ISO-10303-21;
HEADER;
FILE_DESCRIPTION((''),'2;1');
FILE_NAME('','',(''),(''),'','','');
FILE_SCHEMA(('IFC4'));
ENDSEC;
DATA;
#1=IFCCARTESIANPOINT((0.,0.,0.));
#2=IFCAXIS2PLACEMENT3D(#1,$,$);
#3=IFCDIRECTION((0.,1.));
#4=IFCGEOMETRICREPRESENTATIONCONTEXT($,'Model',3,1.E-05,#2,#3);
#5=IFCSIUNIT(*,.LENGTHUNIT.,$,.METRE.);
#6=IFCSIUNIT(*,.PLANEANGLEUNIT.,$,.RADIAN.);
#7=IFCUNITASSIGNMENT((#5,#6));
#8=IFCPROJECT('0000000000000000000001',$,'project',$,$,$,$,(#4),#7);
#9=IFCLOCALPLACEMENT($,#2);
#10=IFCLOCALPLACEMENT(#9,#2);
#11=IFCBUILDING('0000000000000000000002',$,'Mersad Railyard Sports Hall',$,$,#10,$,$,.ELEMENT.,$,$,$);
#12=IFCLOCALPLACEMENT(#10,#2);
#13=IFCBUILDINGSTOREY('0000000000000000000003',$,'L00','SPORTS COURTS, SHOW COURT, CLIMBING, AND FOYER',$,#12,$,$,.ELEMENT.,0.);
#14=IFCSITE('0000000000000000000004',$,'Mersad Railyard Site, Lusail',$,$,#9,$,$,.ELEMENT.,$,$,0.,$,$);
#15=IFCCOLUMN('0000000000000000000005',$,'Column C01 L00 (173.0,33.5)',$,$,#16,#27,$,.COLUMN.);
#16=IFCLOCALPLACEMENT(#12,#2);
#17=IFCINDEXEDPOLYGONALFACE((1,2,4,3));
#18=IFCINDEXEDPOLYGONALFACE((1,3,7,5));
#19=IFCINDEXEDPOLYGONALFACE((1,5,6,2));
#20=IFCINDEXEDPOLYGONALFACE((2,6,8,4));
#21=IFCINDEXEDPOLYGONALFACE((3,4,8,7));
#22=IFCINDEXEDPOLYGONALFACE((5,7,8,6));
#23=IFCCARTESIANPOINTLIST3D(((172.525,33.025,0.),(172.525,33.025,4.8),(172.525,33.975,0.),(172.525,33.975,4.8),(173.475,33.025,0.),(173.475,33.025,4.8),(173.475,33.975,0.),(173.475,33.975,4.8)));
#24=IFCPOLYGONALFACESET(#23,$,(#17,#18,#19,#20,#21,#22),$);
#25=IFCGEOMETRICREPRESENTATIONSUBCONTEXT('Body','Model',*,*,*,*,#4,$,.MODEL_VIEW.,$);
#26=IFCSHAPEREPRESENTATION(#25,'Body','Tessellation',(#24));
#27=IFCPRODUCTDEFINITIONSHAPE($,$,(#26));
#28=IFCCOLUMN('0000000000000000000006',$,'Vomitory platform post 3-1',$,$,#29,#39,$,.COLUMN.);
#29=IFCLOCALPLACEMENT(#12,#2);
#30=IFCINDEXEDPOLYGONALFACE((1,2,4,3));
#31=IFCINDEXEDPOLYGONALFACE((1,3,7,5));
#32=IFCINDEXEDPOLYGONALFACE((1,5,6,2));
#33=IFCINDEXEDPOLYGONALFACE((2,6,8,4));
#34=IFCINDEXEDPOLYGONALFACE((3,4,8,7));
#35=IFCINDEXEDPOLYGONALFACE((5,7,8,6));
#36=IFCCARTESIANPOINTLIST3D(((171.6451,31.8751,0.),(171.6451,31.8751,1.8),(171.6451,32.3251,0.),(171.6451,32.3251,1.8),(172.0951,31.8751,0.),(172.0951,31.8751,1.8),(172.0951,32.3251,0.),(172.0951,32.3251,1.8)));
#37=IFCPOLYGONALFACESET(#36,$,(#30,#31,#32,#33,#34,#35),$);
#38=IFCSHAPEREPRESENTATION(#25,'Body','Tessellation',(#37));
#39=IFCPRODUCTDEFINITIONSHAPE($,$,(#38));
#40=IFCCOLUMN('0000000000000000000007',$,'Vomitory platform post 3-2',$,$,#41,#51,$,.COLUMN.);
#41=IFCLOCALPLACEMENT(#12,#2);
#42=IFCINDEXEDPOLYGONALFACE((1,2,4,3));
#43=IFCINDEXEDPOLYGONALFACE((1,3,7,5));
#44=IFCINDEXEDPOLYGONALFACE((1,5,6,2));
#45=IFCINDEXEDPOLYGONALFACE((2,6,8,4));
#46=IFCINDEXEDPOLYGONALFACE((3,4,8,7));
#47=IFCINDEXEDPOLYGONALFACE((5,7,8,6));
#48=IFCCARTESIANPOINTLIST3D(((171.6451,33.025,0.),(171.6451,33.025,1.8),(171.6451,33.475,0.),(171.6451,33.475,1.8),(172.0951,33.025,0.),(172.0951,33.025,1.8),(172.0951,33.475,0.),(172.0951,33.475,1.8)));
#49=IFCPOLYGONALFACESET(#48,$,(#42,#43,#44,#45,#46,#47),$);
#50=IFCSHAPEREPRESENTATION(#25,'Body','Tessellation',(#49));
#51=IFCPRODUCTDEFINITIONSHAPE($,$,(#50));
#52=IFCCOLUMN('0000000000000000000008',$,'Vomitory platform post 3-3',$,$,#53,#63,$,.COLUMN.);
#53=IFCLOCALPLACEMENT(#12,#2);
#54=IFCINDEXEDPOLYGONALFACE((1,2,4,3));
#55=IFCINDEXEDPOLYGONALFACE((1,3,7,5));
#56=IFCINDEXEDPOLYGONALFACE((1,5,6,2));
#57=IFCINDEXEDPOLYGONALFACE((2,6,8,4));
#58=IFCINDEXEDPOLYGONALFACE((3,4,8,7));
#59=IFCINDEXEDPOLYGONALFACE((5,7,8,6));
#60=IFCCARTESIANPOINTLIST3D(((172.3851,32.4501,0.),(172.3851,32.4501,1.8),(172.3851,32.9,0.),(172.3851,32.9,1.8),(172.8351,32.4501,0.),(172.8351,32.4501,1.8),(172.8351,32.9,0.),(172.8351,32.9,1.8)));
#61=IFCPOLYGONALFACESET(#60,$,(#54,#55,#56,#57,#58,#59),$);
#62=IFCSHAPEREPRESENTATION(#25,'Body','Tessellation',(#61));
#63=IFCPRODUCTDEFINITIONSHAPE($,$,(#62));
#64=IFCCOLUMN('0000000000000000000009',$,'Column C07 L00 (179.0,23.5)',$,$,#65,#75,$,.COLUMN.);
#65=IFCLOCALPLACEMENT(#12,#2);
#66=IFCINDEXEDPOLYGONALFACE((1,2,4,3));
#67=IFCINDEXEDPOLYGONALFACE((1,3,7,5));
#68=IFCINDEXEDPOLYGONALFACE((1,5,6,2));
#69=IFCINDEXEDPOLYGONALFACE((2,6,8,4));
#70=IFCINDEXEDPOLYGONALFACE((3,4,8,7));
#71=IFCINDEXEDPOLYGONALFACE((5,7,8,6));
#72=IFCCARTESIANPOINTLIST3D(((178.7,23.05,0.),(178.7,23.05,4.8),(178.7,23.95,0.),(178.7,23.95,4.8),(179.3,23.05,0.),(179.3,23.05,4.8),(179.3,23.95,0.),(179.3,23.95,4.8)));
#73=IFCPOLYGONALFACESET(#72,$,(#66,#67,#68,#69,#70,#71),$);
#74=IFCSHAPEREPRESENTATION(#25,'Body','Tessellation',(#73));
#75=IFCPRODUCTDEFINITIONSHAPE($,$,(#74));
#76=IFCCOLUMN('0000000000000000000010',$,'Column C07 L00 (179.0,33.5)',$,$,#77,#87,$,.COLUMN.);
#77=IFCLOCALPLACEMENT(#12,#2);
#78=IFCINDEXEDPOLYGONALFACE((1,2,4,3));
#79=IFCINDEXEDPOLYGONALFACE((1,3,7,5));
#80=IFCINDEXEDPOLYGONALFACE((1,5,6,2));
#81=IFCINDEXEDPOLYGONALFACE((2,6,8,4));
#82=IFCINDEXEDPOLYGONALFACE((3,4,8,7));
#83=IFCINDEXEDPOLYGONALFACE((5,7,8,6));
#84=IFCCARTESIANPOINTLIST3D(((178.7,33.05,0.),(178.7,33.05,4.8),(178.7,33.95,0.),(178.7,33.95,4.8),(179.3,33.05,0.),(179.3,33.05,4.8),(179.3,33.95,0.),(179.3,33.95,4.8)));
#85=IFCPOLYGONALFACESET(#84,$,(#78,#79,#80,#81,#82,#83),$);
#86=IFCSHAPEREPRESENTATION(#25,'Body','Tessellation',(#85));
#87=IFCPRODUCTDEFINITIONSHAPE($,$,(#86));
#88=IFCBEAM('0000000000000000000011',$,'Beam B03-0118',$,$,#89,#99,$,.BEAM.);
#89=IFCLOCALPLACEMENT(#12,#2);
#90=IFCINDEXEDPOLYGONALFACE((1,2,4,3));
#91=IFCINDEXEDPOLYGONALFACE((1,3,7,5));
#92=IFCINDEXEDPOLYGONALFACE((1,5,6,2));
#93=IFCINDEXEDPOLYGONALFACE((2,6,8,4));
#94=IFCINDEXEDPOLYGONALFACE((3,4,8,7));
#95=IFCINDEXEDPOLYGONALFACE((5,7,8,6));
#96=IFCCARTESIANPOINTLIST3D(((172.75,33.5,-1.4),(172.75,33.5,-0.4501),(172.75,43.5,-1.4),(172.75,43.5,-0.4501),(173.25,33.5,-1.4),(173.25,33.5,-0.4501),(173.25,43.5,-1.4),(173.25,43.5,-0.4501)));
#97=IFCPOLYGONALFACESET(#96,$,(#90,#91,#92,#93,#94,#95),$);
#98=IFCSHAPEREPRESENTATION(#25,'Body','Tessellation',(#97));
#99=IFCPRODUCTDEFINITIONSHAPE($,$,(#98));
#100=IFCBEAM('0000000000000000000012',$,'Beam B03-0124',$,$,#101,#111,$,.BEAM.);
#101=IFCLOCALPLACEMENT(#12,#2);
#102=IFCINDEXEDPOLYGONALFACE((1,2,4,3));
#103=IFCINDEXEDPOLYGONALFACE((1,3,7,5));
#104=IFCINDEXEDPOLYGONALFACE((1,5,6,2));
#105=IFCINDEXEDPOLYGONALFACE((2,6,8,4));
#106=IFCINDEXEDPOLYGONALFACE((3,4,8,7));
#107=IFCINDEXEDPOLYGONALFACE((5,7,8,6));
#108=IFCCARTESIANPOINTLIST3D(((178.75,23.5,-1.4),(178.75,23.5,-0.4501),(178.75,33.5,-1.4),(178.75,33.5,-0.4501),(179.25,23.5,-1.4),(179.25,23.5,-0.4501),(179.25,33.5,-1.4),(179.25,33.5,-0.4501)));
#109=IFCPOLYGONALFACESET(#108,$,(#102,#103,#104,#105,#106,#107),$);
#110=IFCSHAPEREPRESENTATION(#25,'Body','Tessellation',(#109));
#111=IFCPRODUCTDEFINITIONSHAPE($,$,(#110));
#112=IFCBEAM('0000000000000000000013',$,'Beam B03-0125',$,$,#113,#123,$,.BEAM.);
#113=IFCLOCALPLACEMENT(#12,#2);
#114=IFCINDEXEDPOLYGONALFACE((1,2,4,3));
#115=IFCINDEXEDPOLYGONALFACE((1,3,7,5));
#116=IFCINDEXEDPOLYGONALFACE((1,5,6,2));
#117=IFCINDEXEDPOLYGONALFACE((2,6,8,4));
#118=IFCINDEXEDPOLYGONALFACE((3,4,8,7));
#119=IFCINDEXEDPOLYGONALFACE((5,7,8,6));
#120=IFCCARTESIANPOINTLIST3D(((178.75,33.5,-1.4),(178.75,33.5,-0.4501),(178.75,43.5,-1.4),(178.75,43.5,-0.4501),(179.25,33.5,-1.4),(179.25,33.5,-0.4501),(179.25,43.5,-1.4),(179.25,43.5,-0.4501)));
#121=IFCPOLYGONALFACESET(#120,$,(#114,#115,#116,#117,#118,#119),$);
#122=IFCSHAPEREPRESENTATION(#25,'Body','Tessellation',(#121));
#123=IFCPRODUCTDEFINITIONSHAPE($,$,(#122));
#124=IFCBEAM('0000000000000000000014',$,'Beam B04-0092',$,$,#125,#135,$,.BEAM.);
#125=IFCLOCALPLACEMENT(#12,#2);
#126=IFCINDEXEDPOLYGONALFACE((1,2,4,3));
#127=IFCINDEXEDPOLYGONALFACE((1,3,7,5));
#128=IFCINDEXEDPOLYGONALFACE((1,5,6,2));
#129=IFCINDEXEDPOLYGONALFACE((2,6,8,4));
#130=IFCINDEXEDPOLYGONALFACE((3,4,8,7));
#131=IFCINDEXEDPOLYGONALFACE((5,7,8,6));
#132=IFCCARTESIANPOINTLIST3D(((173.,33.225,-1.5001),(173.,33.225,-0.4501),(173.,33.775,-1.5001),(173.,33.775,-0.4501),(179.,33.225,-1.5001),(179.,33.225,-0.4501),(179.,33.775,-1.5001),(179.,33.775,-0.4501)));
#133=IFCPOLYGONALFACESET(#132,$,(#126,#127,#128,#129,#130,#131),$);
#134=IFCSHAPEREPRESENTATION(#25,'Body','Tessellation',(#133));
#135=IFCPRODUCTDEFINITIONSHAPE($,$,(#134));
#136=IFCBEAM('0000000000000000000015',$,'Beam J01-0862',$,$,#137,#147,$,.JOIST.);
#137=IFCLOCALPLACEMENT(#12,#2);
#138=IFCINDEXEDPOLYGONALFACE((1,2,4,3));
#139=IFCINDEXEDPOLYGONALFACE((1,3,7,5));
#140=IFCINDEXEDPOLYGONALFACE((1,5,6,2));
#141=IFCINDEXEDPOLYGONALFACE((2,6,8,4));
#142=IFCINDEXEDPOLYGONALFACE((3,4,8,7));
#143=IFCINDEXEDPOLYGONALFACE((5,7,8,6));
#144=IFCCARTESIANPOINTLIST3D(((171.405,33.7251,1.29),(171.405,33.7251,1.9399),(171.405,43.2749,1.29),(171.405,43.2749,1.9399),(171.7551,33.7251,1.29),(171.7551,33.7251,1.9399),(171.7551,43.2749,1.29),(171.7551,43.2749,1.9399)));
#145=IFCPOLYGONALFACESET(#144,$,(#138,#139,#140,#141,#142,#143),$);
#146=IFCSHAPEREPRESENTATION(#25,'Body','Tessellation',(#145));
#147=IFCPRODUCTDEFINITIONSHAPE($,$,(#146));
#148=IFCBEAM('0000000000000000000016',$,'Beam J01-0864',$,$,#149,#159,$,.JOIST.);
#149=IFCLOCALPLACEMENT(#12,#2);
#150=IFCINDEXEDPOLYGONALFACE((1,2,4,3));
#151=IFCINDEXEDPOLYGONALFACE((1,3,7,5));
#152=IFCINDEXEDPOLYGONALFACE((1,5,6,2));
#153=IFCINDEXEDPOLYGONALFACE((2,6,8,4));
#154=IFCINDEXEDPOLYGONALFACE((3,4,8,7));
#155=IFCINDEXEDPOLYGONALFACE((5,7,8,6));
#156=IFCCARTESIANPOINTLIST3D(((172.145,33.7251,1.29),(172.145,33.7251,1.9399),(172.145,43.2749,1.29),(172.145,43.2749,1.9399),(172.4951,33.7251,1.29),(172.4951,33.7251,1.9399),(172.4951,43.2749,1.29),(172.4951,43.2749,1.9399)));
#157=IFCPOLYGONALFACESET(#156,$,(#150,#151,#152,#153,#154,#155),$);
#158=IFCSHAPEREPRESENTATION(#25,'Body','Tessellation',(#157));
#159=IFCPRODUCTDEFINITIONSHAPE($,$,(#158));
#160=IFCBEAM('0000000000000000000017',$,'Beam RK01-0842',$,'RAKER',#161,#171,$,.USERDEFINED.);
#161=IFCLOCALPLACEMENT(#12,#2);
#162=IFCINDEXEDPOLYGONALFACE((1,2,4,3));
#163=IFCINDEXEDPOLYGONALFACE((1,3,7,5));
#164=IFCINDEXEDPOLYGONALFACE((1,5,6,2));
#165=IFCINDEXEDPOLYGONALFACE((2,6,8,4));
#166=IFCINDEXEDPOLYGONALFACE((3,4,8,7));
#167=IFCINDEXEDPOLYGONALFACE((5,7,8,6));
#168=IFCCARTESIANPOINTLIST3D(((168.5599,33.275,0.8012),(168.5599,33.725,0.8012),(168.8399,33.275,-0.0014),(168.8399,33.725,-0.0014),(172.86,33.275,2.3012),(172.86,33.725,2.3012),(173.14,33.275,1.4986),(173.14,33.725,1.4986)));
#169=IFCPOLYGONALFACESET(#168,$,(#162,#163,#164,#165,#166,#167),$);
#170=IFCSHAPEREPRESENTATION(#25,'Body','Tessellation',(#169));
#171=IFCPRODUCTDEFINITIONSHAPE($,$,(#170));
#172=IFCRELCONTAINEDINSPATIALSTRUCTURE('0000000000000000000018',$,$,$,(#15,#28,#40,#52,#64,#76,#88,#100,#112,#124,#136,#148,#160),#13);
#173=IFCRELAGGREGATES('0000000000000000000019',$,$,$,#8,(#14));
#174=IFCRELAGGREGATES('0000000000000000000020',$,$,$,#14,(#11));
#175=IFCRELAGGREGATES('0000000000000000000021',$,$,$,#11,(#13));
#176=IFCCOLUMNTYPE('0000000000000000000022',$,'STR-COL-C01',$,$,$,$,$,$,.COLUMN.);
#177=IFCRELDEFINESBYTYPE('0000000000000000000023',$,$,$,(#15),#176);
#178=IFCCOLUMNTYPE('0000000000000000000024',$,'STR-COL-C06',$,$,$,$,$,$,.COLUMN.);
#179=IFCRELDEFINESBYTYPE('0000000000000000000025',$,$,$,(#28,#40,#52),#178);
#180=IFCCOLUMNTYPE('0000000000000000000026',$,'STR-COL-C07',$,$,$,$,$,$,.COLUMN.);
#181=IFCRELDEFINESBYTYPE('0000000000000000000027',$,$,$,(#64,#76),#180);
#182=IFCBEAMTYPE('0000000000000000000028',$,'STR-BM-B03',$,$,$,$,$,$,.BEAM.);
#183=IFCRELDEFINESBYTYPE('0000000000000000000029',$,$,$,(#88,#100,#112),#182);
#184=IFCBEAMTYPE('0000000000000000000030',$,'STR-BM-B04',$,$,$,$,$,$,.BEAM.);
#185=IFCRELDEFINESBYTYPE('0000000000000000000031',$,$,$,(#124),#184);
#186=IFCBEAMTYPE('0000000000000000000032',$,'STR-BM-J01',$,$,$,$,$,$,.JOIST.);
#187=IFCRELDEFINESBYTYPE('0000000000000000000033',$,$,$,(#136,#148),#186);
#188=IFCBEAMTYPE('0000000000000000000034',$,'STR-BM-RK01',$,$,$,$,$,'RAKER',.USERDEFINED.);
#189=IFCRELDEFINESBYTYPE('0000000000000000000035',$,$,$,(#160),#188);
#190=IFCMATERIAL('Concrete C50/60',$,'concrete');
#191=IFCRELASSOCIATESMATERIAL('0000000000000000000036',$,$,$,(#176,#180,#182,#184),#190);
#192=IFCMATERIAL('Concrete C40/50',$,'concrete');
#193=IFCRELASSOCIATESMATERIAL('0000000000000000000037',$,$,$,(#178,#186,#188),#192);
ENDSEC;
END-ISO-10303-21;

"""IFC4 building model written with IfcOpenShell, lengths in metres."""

from ifc_helpers import new_model, si_unit, direction, frame, origin, origin_2d, place, context, subcontext, project, spatial, rectangle, extrude, material, material_profile, profile_set, type_object, element, save


model = new_model("IFC4")

# Units and contexts
model_context = context("Model", 3, precision=1e-05, world=origin(), true_north=direction((0.0, 1.0)))
body_context = subcontext(model_context, "Body", "Model", "MODEL_VIEW")
ifc_project = project(units=[si_unit("LENGTHUNIT", "METRE"), si_unit("PLANEANGLEUNIT", "RADIAN")], contexts=[model_context])

# Site, building, storey
site_placement = place(None, origin())
site = spatial("IfcSite", under=ifc_project, at=site_placement, Name="Mersad Railyard Site, Lusail", CompositionType="ELEMENT", RefElevation=0.0)
building_placement = place(site_placement, origin())
building = spatial("IfcBuilding", under=site, at=building_placement, Name="Mersad Railyard Sports Hall", CompositionType="ELEMENT")
storey_placement = place(building_placement, origin())
storey = spatial("IfcBuildingStorey", under=building, at=storey_placement, Name="L00", Description="SPORTS COURTS, SHOW COURT, CLIMBING, AND FOYER", CompositionType="ELEMENT", Elevation=0.0)

# Columns
ifc_material_1 = material(Name="Concrete C50/60", Category="concrete")
ifc_material_profile_1 = material_profile(ifc_material_1, rectangle(XDim=0.95, YDim=0.95, at=origin_2d()), Name="RC 950x950")
ifc_profile_set_1 = profile_set([ifc_material_profile_1], Name="Concrete C50/60")
column_type_1 = type_object("IfcColumnType", Name="STR-COL-C01", PredefinedType="COLUMN", material=ifc_profile_set_1)
column_placement = place(storey_placement, frame((173.0, 33.5, 0.0), z_axis=(0.0, 0.0, 1.0), x_axis=(1.0, 0.0, 0.0)))
element("IfcColumn", 1, at=column_placement, inside=storey, type_object=column_type_1, Name="Column C01 L00 (173.0,33.5)", PredefinedType="COLUMN", context=body_context, shape_type="SweptSolid", body=[
    extrude(rectangle(XDim=0.95, YDim=0.95, at=origin_2d()), origin(), (0.0, 0.0, 1.0), 4.8),
])
ifc_material_2 = material(Name="Concrete C40/50", Category="concrete")
ifc_material_profile_2 = material_profile(ifc_material_2, rectangle(XDim=0.45, YDim=0.45, at=origin_2d()), Name="RC 450x450")
ifc_profile_set_2 = profile_set([ifc_material_profile_2], Name="Concrete C40/50")
column_type_2 = type_object("IfcColumnType", Name="STR-COL-C06", PredefinedType="COLUMN", material=ifc_profile_set_2)
for number, where, z_axis, x_axis, name in (
    (2, (171.8701, 32.1001, 0.0), (0.0, 0.0, 1.0), (1.0, 0.0, 0.0), "Vomitory platform post 3-1"),
    (3, (171.8701, 33.25, 0.0), (0.0, 0.0, 1.0), (1.0, 0.0, 0.0), "Vomitory platform post 3-2"),
    (4, (172.6101, 32.675, 0.0), (0.0, 0.0, 1.0), (1.0, 0.0, 0.0), "Vomitory platform post 3-3"),
):
    element("IfcColumn", number, at=place(storey_placement, frame(where, z_axis=z_axis, x_axis=x_axis)), inside=storey, type_object=column_type_2, Name=name, PredefinedType="COLUMN", context=body_context, shape_type="SweptSolid", body=[
        extrude(rectangle(XDim=0.45, YDim=0.45, at=origin_2d()), origin(), (0.0, 0.0, 1.0), 1.8),
    ])
ifc_material_profile_3 = material_profile(ifc_material_1, rectangle(XDim=0.6001, YDim=0.8999, at=origin_2d()), Name="RC 600x900")
ifc_profile_set_3 = profile_set([ifc_material_profile_3], Name="Concrete C50/60")
column_type_3 = type_object("IfcColumnType", Name="STR-COL-C07", PredefinedType="COLUMN", material=ifc_profile_set_3)
for number, where, z_axis, x_axis, name in (
    (5, (179.0, 23.5, 0.0), (0.0, 0.0, 1.0), (1.0, 0.0, 0.0), "Column C07 L00 (179.0,23.5)"),
    (6, (179.0, 33.5, 0.0), (0.0, 0.0, 1.0), (1.0, 0.0, 0.0), "Column C07 L00 (179.0,33.5)"),
):
    element("IfcColumn", number, at=place(storey_placement, frame(where, z_axis=z_axis, x_axis=x_axis)), inside=storey, type_object=column_type_3, Name=name, PredefinedType="COLUMN", context=body_context, shape_type="SweptSolid", body=[
        extrude(rectangle(XDim=0.6001, YDim=0.8999, at=origin_2d()), origin(), (0.0, 0.0, 1.0), 4.8),
    ])

# Beams
ifc_material_profile_4 = material_profile(ifc_material_1, rectangle(XDim=0.5, YDim=0.95, at=origin_2d()), Name="RC 500x950")
ifc_profile_set_4 = profile_set([ifc_material_profile_4], Name="Concrete C50/60")
beam_type_1 = type_object("IfcBeamType", Name="STR-BM-B03", PredefinedType="BEAM", material=ifc_profile_set_4)
for number, where, z_axis, x_axis, name in (
    (7, (173.0, 33.5, -0.925), (0.0, 1.0, 0.0), (-1.0, 0.0, 0.0), "Beam B03-0118"),
    (8, (179.0, 23.5, -0.925), (0.0, 1.0, 0.0), (-1.0, 0.0, 0.0), "Beam B03-0124"),
    (9, (179.0, 33.5, -0.925), (0.0, 1.0, 0.0), (-1.0, 0.0, 0.0), "Beam B03-0125"),
):
    element("IfcBeam", number, at=place(storey_placement, frame(where, z_axis=z_axis, x_axis=x_axis)), inside=storey, type_object=beam_type_1, Name=name, PredefinedType="BEAM", context=body_context, shape_type="SweptSolid", body=[
        extrude(rectangle(XDim=0.5, YDim=0.95, at=origin_2d()), origin(), (0.0, 0.0, 1.0), 10.0),
    ])
ifc_material_profile_5 = material_profile(ifc_material_1, rectangle(XDim=0.55, YDim=1.05, at=origin_2d()), Name="RC 550x1050")
ifc_profile_set_5 = profile_set([ifc_material_profile_5], Name="Concrete C50/60")
beam_type_2 = type_object("IfcBeamType", Name="STR-BM-B04", PredefinedType="BEAM", material=ifc_profile_set_5)
beam_1_placement = place(storey_placement, frame((173.0, 33.5, -0.9751), z_axis=(1.0, 0.0, 0.0), x_axis=(0.0, 1.0, 0.0)))
element("IfcBeam", 10, at=beam_1_placement, inside=storey, type_object=beam_type_2, Name="Beam B04-0092", PredefinedType="BEAM", context=body_context, shape_type="SweptSolid", body=[
    extrude(rectangle(XDim=0.55, YDim=1.05, at=origin_2d()), origin(), (0.0, 0.0, 1.0), 6.0),
])
ifc_material_profile_6 = material_profile(ifc_material_2, rectangle(XDim=0.3501, YDim=0.6499, at=origin_2d()), Name="RC 350x650")
ifc_profile_set_6 = profile_set([ifc_material_profile_6], Name="Concrete C40/50")
beam_type_3 = type_object("IfcBeamType", Name="STR-BM-J01", PredefinedType="JOIST", material=ifc_profile_set_6)
for number, where, z_axis, x_axis, name in (
    (11, (171.5801, 33.7251, 1.615), (0.0, 1.0, 0.0), (-1.0, 0.0, 0.0), "Beam J01-0862"),
    (12, (172.3201, 33.7251, 1.615), (0.0, 1.0, 0.0), (-1.0, 0.0, 0.0), "Beam J01-0864"),
):
    element("IfcBeam", number, at=place(storey_placement, frame(where, z_axis=z_axis, x_axis=x_axis)), inside=storey, type_object=beam_type_3, Name=name, PredefinedType="JOIST", context=body_context, shape_type="SweptSolid", body=[
        extrude(rectangle(XDim=0.3501, YDim=0.6499, at=origin_2d()), origin(), (0.0, 0.0, 1.0), 9.5498),
    ])
ifc_material_profile_7 = material_profile(ifc_material_2, rectangle(XDim=0.45, YDim=0.8501, at=origin_2d()), Name="RC 450x850")
ifc_profile_set_7 = profile_set([ifc_material_profile_7], Name="Concrete C40/50")
beam_type_4 = type_object("IfcBeamType", Name="STR-BM-RK01", ElementType="RAKER", PredefinedType="USERDEFINED", material=ifc_profile_set_7)
beam_2_placement = place(storey_placement, frame((173.0, 33.5, 1.8999), z_axis=(-0.944201, 0.0, -0.329369), x_axis=(0.0, -1.0, 0.0)))
element("IfcBeam", 13, at=beam_2_placement, inside=storey, type_object=beam_type_4, Name="Beam RK01-0842", ObjectType="RAKER", PredefinedType="USERDEFINED", context=body_context, shape_type="SweptSolid", body=[
    extrude(rectangle(XDim=0.45, YDim=0.8501, at=origin_2d()), origin(), (0.0, 0.0, 1.0), 4.5542),
])

save(model, "model.ifc")
